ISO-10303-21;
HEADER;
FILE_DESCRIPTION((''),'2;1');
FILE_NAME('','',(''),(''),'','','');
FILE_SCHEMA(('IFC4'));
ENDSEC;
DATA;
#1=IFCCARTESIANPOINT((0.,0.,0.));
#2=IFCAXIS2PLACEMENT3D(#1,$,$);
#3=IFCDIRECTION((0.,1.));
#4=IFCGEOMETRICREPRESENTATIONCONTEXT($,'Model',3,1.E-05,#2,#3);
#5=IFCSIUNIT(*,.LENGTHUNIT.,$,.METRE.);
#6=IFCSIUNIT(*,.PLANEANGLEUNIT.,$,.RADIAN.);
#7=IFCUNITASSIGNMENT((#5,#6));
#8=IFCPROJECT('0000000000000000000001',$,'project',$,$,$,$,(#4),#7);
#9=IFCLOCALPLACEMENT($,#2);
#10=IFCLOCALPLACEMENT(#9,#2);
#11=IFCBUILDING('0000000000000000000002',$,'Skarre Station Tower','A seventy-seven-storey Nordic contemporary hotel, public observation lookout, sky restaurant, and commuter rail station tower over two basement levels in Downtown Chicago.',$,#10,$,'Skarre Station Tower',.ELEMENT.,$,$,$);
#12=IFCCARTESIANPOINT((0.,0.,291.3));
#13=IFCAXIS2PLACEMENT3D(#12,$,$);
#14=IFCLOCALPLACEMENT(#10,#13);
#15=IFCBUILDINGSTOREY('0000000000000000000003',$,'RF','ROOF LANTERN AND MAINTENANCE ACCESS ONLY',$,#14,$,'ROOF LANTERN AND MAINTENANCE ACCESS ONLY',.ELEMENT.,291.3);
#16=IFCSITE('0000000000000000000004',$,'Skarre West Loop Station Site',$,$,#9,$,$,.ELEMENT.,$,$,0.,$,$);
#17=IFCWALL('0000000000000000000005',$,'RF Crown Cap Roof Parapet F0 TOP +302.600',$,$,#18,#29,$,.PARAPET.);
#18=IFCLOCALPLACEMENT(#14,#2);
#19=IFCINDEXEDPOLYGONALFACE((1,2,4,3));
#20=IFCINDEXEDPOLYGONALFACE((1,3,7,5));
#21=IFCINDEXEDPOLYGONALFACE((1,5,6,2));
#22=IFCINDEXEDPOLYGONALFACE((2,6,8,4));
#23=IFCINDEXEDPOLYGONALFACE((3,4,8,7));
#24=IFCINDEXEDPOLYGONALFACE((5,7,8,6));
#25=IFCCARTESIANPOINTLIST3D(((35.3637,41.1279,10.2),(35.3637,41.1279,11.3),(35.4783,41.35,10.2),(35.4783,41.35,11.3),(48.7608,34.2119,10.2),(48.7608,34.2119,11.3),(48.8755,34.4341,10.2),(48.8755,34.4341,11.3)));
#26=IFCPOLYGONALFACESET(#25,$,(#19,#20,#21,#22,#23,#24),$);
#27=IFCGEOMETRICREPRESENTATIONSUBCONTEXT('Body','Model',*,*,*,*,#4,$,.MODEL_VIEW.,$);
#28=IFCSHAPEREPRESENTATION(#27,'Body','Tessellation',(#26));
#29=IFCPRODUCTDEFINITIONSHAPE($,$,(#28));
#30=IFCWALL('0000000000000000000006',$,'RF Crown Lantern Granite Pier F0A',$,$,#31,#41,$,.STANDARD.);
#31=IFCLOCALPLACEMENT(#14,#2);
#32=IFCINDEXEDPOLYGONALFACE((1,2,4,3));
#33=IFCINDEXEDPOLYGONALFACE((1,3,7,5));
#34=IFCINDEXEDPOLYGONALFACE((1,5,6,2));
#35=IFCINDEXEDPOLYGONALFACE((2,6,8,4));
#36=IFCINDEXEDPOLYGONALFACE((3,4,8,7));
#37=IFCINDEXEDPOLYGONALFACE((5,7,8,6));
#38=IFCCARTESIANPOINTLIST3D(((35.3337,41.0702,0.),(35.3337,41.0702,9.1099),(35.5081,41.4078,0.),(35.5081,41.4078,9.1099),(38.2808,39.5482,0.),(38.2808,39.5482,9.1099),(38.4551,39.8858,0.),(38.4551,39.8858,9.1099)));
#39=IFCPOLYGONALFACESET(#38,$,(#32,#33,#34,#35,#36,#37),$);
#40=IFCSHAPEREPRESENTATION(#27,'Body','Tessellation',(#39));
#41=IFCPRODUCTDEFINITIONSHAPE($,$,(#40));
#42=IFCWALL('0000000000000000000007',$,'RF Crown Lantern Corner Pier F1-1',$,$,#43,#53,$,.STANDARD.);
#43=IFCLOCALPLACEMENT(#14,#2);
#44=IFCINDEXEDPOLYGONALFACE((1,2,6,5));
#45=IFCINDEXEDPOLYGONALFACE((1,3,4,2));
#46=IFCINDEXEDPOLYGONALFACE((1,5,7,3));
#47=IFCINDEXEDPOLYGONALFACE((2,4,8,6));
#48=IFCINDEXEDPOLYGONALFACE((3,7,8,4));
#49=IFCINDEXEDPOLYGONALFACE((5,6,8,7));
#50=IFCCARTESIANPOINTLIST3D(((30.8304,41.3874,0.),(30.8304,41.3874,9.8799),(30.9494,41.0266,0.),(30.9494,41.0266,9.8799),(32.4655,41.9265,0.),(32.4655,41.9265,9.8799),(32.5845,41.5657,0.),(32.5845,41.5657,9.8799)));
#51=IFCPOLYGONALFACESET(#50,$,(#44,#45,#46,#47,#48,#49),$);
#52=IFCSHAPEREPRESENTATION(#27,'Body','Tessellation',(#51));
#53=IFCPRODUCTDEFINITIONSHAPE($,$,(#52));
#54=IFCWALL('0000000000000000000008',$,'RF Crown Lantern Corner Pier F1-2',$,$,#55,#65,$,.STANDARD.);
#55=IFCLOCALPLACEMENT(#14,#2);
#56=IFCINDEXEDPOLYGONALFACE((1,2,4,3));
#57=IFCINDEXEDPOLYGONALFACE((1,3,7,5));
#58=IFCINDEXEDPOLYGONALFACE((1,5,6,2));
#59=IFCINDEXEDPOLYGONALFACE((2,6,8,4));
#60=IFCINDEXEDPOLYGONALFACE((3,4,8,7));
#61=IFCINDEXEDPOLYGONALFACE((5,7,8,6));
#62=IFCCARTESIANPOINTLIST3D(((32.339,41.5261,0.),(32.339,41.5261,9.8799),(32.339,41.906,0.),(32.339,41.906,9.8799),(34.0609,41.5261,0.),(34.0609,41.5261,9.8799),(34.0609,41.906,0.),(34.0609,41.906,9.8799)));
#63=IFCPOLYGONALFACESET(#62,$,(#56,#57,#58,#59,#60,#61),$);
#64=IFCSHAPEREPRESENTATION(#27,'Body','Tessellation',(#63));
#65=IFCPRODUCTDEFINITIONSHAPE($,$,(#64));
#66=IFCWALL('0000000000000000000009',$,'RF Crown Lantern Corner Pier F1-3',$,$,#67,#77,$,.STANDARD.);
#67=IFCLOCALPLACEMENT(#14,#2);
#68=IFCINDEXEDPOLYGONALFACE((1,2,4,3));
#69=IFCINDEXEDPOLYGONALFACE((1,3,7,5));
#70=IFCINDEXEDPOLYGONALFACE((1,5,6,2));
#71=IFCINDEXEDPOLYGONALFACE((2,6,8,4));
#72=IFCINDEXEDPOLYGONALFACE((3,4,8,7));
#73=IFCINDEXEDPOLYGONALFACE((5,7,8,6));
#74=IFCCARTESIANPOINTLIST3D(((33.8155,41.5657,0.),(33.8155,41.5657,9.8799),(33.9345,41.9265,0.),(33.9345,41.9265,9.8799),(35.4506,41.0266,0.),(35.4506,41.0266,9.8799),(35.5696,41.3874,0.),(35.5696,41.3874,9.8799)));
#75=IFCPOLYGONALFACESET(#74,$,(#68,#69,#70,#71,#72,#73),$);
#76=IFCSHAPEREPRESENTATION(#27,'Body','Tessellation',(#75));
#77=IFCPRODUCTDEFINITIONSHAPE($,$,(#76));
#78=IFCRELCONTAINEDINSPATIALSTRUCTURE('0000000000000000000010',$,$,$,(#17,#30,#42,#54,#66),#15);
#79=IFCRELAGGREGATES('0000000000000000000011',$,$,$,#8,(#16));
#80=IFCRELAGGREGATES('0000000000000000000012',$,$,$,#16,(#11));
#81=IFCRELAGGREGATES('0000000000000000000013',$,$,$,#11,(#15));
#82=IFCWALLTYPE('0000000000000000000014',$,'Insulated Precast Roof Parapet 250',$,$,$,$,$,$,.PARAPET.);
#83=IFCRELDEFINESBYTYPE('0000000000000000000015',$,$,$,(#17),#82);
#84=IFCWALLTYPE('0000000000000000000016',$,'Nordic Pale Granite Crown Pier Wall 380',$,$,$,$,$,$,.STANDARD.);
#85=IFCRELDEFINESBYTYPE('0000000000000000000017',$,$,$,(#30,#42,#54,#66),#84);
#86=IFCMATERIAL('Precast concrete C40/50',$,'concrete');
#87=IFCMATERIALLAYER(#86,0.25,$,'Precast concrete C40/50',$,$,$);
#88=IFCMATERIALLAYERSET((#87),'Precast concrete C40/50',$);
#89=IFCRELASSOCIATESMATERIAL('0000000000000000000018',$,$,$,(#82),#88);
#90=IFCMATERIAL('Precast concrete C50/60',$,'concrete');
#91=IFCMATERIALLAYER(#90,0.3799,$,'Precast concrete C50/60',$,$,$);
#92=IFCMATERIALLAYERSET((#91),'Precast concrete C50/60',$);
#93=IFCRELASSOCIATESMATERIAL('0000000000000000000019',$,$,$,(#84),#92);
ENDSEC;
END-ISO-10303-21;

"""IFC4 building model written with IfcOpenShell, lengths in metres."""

from ifc_helpers import new_model, si_unit, direction, frame, frame_2d, origin, place, context, subcontext, project, spatial, rectangle, extrude, material, layer, layer_set, type_object, element, save


model = new_model("IFC4")

# Units and contexts
model_context = context("Model", 3, precision=1e-05, world=origin(), true_north=direction((0.0, 1.0)))
body_context = subcontext(model_context, "Body", "Model", "MODEL_VIEW")
ifc_project = project(units=[si_unit("LENGTHUNIT", "METRE"), si_unit("PLANEANGLEUNIT", "RADIAN")], contexts=[model_context])

# Site, building, storey
site_placement = place(None, origin())
site = spatial("IfcSite", under=ifc_project, at=site_placement, Name="Skarre West Loop Station Site", CompositionType="ELEMENT", RefElevation=0.0)
building_placement = place(site_placement, origin())
building = spatial("IfcBuilding", under=site, at=building_placement, Name="Skarre Station Tower", Description="A seventy-seven-storey Nordic contemporary hotel, public observation lookout, sky restaurant, and commuter rail station tower over two basement levels in Downtown Chicago.", LongName="Skarre Station Tower", CompositionType="ELEMENT")
storey_placement = place(building_placement, frame((0.0, 0.0, 291.3)))
storey = spatial("IfcBuildingStorey", under=building, at=storey_placement, Name="RF", Description="ROOF LANTERN AND MAINTENANCE ACCESS ONLY", LongName="ROOF LANTERN AND MAINTENANCE ACCESS ONLY", CompositionType="ELEMENT", Elevation=291.3)

# Walls
ifc_material_1 = material(Name="Precast concrete C40/50", Category="concrete")
ifc_layer_1 = layer(ifc_material_1, 0.25, Name="Precast concrete C40/50")
ifc_layer_set_1 = layer_set([ifc_layer_1], Name="Precast concrete C40/50")
wall_type_1 = type_object("IfcWallType", Name="Insulated Precast Roof Parapet 250", PredefinedType="PARAPET", material=ifc_layer_set_1)
wall_1_placement = place(storey_placement, frame((35.4209, 41.239, 10.2), z_axis=(0.0, 0.0, 1.0), x_axis=(0.888585, -0.458712, 0.0)))
element("IfcWall", 1, at=wall_1_placement, inside=storey, type_object=wall_type_1, Name="RF Crown Cap Roof Parapet F0 TOP +302.600", PredefinedType="PARAPET", context=body_context, shape_type="SweptSolid", body=[
    extrude(rectangle(XDim=15.0769, YDim=0.25, at=frame_2d((7.5386, 0.0))), origin(), (0.0, 0.0, 1.0), 1.1001),
])
ifc_material_2 = material(Name="Precast concrete C50/60", Category="concrete")
ifc_layer_2 = layer(ifc_material_2, 0.3799, Name="Precast concrete C50/60")
ifc_layer_set_2 = layer_set([ifc_layer_2], Name="Precast concrete C50/60")
wall_type_2 = type_object("IfcWallType", Name="Nordic Pale Granite Crown Pier Wall 380", PredefinedType="STANDARD", material=ifc_layer_set_2)
wall_2_placement = place(storey_placement, frame((35.4209, 41.239, 0.0), z_axis=(0.0, 0.0, 1.0), x_axis=(0.888506, -0.458864, 0.0)))
element("IfcWall", 2, at=wall_2_placement, inside=storey, type_object=wall_type_2, Name="RF Crown Lantern Granite Pier F0A", PredefinedType="STANDARD", context=body_context, shape_type="SweptSolid", body=[
    extrude(rectangle(XDim=3.3169, YDim=0.3799, at=frame_2d((1.6584, 0.0))), origin(), (0.0, 0.0, 1.0), 9.1099),
])
wall_3_placement = place(storey_placement, frame((30.8899, 41.207, 0.0), z_axis=(0.0, 0.0, 1.0), x_axis=(0.949713, 0.31312, 0.0)))
element("IfcWall", 3, at=wall_3_placement, inside=storey, type_object=wall_type_2, Name="RF Crown Lantern Corner Pier F1-1", PredefinedType="STANDARD", context=body_context, shape_type="SweptSolid", body=[
    extrude(rectangle(XDim=1.7217, YDim=0.3799, at=frame_2d((0.8608, 0.0))), origin(), (0.0, 0.0, 1.0), 9.8799),
])
wall_4_placement = place(storey_placement, frame((32.3391, 41.7161, 0.0), z_axis=(0.0, 0.0, 1.0), x_axis=(1.0, 0.0, 0.0)))
element("IfcWall", 4, at=wall_4_placement, inside=storey, type_object=wall_type_2, Name="RF Crown Lantern Corner Pier F1-2", PredefinedType="STANDARD", context=body_context, shape_type="SweptSolid", body=[
    extrude(rectangle(XDim=1.7219, YDim=0.3799, at=frame_2d((0.8608, 0.0))), origin(), (0.0, 0.0, 1.0), 9.8799),
])
wall_5_placement = place(storey_placement, frame((33.875, 41.7461, 0.0), z_axis=(0.0, 0.0, 1.0), x_axis=(0.949713, -0.31312, 0.0)))
element("IfcWall", 5, at=wall_5_placement, inside=storey, type_object=wall_type_2, Name="RF Crown Lantern Corner Pier F1-3", PredefinedType="STANDARD", context=body_context, shape_type="SweptSolid", body=[
    extrude(rectangle(XDim=1.7217, YDim=0.3799, at=frame_2d((0.8608, 0.0))), origin(), (0.0, 0.0, 1.0), 9.8799),
])

save(model, "model.ifc")
